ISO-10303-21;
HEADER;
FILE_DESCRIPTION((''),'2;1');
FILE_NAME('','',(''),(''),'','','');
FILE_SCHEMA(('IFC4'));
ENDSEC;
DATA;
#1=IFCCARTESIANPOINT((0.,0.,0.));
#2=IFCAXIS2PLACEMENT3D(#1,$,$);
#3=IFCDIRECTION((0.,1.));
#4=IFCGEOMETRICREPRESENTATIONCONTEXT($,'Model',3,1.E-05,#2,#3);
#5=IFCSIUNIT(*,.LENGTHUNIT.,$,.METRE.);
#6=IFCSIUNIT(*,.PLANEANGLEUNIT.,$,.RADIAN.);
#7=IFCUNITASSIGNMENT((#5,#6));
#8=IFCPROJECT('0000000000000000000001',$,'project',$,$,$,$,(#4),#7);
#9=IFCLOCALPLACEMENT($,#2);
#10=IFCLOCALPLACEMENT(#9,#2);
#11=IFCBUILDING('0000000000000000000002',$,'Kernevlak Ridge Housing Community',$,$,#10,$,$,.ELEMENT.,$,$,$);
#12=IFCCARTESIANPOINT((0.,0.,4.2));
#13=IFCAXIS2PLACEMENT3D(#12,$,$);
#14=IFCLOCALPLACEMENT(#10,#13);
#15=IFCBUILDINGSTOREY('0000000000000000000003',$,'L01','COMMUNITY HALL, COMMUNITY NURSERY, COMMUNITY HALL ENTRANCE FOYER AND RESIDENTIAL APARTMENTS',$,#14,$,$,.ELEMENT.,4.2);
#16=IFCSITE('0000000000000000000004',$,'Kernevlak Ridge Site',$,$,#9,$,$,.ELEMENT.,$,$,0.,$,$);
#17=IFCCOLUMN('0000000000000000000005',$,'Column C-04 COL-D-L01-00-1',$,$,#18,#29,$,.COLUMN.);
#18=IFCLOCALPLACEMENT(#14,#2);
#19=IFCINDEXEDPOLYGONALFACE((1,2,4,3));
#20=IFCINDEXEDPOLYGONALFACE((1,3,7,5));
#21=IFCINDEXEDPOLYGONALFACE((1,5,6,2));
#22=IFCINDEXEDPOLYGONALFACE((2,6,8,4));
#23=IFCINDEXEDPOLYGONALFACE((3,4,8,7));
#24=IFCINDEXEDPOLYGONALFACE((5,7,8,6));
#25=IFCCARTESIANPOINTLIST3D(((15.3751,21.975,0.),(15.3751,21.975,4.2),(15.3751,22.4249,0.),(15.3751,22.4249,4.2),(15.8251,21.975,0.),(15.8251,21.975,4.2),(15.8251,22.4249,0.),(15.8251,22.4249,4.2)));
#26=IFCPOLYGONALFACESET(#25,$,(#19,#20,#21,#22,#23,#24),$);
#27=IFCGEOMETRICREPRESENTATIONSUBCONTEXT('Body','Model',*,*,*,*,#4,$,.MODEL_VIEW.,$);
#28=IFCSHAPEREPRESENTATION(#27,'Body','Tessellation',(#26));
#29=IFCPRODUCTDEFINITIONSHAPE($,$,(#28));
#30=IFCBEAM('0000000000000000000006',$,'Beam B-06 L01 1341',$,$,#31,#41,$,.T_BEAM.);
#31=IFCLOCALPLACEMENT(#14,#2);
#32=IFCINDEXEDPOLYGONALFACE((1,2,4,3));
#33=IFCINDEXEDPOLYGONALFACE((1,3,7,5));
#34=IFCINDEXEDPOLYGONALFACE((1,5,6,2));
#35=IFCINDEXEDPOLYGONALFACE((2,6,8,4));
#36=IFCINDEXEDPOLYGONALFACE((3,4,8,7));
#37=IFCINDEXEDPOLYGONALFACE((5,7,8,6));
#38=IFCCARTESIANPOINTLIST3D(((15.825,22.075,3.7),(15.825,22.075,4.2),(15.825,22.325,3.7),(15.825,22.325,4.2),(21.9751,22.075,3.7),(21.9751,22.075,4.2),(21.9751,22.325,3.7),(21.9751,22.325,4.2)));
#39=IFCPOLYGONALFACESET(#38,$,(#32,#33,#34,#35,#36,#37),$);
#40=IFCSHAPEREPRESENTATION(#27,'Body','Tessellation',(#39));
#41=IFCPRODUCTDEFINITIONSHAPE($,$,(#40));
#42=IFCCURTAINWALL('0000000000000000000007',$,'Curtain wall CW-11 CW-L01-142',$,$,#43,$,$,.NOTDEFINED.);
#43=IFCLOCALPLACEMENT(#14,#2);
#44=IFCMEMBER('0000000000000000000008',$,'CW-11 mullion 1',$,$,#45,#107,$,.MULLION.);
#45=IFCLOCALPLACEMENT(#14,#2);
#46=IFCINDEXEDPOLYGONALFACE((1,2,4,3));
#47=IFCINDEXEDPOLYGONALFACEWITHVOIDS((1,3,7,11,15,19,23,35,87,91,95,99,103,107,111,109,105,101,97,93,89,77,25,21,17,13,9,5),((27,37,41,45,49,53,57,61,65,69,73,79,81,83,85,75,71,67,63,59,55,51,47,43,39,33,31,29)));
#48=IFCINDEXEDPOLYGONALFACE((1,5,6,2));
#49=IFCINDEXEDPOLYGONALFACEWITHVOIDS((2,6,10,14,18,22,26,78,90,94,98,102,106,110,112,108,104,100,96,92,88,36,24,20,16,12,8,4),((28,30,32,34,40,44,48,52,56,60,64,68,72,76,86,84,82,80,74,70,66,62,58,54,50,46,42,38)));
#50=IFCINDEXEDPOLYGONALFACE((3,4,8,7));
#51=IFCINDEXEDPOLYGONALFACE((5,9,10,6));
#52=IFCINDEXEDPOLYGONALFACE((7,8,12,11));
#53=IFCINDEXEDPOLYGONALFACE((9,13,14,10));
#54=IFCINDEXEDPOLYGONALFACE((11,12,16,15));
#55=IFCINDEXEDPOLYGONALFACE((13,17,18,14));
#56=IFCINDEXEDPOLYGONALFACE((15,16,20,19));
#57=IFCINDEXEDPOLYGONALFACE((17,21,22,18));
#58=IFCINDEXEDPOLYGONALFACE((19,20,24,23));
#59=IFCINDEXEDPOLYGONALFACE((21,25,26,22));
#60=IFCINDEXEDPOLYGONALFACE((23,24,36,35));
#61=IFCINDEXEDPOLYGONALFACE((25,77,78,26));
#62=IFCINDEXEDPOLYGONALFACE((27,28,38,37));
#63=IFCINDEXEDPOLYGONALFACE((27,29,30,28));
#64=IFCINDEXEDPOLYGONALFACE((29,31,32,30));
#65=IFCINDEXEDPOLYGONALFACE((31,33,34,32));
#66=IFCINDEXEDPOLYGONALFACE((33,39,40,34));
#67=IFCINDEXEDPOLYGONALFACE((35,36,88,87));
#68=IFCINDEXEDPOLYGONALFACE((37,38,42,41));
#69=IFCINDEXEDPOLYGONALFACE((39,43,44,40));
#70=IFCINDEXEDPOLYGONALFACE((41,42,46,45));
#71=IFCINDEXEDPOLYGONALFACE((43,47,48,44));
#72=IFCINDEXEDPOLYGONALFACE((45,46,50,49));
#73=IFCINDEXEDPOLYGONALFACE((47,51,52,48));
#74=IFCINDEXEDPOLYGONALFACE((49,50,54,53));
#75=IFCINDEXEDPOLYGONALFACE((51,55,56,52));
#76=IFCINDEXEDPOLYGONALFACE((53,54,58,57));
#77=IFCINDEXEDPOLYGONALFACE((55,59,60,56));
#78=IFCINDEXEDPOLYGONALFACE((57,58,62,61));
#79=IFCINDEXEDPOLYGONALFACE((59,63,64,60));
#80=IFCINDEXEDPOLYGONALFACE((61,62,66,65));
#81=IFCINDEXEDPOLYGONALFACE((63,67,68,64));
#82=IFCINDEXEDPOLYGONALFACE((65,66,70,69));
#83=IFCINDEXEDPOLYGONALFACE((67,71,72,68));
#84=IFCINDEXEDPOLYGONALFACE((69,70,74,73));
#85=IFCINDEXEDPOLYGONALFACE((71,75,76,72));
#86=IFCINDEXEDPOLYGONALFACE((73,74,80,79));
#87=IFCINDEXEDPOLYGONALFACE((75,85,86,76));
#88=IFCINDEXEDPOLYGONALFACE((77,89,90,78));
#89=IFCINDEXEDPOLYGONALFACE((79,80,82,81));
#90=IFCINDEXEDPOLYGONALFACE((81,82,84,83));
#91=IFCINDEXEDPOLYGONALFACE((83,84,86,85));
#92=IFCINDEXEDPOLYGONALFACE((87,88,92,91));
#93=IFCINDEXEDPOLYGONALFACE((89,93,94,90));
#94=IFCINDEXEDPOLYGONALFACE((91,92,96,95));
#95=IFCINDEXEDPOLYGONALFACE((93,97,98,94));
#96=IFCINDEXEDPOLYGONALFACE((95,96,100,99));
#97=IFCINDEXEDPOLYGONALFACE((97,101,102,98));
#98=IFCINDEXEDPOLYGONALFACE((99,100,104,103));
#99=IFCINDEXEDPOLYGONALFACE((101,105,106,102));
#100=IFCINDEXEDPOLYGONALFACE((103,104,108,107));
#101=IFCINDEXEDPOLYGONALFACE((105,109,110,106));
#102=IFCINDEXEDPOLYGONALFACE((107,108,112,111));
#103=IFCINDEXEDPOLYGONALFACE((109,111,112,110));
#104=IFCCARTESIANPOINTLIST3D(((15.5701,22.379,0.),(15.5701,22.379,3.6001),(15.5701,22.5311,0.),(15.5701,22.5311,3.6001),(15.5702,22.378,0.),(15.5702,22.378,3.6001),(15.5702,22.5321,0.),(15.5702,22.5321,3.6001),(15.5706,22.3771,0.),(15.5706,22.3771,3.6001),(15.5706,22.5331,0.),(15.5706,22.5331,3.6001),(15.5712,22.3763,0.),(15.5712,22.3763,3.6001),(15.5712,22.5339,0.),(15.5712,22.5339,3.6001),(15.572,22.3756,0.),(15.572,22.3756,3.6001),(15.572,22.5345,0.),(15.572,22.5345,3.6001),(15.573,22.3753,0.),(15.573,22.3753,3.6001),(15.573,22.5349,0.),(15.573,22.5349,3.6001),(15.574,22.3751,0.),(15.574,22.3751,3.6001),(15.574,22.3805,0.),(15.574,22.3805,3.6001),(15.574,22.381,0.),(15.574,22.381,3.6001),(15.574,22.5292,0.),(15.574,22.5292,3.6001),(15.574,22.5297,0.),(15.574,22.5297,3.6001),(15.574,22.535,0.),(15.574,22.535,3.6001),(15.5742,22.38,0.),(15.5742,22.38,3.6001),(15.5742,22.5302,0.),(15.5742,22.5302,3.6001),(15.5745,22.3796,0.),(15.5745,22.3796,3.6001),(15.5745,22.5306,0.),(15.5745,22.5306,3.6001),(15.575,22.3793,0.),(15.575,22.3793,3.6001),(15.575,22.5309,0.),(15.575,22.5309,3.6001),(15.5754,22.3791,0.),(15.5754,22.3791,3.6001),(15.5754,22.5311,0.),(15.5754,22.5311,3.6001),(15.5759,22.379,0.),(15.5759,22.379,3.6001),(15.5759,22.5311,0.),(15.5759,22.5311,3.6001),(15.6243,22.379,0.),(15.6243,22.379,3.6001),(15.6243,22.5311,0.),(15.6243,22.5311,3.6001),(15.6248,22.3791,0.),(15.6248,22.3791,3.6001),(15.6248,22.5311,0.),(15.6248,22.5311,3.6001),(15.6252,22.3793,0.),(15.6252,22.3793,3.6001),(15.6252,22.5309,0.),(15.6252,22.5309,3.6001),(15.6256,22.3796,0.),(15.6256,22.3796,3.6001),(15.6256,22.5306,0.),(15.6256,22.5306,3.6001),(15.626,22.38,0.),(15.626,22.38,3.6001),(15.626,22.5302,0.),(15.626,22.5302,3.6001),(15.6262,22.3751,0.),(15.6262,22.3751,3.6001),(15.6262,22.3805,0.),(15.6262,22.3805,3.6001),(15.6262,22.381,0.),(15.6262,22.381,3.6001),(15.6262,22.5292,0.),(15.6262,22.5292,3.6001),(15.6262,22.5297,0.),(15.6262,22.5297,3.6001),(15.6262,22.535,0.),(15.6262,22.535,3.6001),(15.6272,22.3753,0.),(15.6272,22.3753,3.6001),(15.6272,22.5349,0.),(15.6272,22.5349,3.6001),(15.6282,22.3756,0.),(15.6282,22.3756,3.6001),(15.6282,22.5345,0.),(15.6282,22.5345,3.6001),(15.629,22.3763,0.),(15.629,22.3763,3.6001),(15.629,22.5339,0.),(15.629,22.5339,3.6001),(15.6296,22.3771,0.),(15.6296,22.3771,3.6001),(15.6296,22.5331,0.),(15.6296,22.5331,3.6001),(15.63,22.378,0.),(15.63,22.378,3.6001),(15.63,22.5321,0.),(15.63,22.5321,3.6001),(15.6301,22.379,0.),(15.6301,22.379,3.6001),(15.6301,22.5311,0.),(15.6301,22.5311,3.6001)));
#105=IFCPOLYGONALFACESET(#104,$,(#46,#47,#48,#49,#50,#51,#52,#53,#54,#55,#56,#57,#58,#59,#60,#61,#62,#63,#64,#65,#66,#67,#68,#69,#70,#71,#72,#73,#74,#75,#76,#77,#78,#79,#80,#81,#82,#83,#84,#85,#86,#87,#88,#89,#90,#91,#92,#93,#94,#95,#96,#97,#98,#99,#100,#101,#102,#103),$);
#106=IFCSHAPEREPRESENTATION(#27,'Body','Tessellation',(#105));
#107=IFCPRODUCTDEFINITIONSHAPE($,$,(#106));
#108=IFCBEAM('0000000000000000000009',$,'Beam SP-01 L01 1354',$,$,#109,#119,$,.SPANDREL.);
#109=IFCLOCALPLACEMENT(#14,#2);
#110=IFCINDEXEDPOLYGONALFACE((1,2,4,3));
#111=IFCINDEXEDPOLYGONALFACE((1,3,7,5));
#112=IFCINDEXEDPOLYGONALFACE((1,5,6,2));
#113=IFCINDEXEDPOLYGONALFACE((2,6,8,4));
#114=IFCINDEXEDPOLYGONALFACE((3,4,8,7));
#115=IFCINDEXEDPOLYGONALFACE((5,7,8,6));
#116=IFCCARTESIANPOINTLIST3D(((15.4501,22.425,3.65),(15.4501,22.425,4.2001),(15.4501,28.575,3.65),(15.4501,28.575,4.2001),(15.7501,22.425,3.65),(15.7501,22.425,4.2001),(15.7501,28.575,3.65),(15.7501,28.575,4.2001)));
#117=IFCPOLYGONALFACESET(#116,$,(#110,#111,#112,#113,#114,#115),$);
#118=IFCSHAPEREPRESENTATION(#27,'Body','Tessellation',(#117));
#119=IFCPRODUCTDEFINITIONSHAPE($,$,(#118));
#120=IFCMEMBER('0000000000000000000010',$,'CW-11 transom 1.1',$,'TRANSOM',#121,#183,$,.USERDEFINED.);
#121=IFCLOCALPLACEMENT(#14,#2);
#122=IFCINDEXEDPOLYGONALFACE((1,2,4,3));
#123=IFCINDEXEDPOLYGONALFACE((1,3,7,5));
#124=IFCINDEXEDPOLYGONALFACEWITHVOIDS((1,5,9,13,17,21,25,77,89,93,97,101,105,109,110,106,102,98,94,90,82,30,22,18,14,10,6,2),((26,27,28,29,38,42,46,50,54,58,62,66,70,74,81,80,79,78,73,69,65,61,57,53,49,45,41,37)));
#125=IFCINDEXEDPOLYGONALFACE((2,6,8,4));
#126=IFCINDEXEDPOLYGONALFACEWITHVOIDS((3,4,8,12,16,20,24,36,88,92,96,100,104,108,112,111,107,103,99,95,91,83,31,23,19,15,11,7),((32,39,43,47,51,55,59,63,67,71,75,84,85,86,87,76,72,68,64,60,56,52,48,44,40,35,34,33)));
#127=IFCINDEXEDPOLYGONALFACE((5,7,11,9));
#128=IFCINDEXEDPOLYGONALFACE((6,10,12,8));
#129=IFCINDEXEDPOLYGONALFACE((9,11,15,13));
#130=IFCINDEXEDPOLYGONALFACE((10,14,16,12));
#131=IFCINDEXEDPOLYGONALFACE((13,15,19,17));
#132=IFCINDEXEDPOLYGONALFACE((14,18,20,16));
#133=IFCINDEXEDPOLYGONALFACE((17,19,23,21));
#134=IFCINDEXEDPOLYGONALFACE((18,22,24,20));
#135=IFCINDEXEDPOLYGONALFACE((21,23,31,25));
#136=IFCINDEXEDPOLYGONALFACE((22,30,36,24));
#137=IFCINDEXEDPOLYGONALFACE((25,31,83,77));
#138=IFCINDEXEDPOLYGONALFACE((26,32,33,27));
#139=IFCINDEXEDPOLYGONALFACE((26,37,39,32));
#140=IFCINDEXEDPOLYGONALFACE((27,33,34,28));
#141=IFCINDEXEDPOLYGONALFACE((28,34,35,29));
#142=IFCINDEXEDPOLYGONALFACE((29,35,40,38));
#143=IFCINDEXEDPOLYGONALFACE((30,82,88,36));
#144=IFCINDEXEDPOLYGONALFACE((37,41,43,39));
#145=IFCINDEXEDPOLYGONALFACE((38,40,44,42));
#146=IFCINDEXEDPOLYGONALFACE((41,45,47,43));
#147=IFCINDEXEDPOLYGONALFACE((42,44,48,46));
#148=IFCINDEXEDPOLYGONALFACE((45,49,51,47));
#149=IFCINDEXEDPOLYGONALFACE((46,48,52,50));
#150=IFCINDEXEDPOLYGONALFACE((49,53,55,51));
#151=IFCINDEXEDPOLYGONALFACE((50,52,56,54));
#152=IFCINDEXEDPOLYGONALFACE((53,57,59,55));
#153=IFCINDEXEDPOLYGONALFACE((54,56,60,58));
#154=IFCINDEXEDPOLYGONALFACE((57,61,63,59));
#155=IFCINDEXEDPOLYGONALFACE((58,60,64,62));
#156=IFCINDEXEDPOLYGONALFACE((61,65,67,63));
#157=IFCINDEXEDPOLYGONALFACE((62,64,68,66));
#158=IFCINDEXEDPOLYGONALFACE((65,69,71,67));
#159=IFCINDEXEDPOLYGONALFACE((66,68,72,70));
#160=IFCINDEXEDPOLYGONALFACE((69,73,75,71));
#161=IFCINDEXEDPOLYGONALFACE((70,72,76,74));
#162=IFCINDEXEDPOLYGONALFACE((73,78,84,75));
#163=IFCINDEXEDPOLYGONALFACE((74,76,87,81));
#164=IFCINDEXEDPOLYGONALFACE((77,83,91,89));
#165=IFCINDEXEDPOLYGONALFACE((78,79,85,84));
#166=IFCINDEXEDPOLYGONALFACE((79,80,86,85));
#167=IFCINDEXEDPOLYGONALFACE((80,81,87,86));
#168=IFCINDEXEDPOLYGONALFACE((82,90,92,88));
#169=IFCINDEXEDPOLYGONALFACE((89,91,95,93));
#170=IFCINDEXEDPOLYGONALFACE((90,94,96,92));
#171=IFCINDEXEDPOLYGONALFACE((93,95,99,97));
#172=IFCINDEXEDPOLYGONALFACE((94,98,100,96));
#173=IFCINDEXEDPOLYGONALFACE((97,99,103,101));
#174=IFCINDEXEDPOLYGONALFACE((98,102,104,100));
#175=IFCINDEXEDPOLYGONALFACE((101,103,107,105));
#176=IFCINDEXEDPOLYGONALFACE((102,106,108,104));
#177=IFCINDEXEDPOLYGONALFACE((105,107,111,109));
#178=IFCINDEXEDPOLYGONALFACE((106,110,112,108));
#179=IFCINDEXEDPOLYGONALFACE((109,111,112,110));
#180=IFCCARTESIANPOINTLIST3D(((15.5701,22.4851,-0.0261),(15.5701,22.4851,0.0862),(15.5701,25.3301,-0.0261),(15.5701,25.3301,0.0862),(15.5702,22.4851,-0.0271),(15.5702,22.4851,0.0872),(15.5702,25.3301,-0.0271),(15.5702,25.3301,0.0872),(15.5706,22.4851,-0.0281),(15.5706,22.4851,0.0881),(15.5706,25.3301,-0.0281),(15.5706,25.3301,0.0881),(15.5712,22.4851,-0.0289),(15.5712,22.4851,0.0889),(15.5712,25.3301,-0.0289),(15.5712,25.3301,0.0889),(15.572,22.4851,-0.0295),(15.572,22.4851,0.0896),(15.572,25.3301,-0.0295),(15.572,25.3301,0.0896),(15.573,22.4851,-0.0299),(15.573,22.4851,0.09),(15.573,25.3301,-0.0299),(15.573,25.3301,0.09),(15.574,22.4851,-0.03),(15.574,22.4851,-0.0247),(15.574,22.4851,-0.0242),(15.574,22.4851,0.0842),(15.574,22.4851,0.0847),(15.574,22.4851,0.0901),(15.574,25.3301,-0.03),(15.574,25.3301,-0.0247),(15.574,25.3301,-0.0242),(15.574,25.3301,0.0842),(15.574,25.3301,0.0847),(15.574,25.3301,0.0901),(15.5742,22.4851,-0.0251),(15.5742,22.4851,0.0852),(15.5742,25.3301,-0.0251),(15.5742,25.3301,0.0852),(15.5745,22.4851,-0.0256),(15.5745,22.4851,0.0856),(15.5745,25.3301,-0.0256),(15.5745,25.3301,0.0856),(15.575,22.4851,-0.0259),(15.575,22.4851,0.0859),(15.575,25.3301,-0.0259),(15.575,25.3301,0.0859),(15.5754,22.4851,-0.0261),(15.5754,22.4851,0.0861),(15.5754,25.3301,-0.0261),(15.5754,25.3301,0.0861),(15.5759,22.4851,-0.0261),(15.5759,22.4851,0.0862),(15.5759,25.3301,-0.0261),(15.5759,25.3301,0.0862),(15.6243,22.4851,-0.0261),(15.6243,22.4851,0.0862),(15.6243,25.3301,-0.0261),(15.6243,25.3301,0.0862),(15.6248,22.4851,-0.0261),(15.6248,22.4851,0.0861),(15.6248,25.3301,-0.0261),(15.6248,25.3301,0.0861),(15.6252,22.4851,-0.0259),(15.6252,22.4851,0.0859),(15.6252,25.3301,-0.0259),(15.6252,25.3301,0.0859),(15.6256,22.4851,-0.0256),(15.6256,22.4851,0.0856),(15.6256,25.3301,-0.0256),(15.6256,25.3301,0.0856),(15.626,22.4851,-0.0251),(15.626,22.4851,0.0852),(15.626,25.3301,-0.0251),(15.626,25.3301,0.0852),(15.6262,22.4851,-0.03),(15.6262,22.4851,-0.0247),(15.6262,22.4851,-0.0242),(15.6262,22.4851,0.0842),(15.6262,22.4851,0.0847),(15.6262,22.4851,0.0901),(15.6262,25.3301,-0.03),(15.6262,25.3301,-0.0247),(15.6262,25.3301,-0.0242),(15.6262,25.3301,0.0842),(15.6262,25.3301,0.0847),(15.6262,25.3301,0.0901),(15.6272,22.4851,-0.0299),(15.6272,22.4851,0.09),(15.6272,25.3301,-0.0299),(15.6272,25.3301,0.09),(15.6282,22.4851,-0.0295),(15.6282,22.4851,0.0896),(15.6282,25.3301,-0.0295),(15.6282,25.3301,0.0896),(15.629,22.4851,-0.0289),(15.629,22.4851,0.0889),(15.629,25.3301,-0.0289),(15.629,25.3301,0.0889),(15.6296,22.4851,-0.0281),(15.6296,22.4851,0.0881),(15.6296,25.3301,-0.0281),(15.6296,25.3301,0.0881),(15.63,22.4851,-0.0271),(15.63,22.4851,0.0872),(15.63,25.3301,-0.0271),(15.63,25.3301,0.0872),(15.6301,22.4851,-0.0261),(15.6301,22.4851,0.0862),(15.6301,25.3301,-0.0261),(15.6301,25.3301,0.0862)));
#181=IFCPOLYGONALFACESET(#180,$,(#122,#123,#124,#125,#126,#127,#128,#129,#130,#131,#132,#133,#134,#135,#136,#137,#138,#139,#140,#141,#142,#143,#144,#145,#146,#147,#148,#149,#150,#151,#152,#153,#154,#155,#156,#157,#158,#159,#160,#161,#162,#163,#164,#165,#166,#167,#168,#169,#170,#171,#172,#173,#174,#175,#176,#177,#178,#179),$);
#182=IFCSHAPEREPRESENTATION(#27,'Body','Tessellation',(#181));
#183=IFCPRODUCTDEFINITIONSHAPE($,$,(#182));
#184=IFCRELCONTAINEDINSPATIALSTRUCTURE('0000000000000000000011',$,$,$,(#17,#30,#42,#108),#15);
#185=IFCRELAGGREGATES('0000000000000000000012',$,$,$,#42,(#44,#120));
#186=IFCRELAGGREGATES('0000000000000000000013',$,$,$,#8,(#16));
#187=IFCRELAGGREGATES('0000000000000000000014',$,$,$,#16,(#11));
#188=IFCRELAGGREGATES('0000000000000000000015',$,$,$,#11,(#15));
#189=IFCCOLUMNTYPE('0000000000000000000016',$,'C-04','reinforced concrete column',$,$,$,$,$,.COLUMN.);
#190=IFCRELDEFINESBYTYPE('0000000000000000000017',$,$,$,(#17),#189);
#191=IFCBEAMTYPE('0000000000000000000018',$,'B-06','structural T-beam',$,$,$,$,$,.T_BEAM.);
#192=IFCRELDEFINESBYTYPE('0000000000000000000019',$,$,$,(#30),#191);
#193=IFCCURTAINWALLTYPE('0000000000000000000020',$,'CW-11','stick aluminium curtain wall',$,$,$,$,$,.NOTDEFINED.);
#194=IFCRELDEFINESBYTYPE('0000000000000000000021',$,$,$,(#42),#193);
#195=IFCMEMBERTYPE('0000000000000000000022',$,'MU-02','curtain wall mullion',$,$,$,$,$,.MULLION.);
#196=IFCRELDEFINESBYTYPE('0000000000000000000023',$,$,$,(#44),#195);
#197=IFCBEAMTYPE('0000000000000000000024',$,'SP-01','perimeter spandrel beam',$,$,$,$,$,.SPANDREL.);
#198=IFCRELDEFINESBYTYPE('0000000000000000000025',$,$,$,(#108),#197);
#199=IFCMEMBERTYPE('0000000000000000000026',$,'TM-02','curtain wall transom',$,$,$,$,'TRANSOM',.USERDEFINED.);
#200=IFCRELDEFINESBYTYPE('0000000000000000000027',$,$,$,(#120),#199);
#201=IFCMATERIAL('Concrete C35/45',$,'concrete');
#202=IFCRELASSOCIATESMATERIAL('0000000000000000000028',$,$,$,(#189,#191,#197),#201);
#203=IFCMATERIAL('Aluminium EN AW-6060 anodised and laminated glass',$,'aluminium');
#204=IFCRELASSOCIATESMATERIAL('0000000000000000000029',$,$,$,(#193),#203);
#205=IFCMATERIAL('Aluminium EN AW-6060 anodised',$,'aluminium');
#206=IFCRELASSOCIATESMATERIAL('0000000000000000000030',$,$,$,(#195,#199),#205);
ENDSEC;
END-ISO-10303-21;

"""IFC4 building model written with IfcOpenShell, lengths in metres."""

from ifc_helpers import new_model, si_unit, direction, frame, origin, origin_2d, place, context, subcontext, project, spatial, rectangle, hollow_rectangle, extrude, material, material_profile, profile_set, type_object, element, aggregate, save


model = new_model("IFC4")

# Units and contexts
model_context = context("Model", 3, precision=1e-05, world=origin(), true_north=direction((0.0, 1.0)))
body_context = subcontext(model_context, "Body", "Model", "MODEL_VIEW")
ifc_project = project(units=[si_unit("LENGTHUNIT", "METRE"), si_unit("PLANEANGLEUNIT", "RADIAN")], contexts=[model_context])

# Site, building, storey
site_placement = place(None, origin())
site = spatial("IfcSite", under=ifc_project, at=site_placement, Name="Kernevlak Ridge Site", CompositionType="ELEMENT", RefElevation=0.0)
building_placement = place(site_placement, origin())
building = spatial("IfcBuilding", under=site, at=building_placement, Name="Kernevlak Ridge Housing Community", CompositionType="ELEMENT")
storey_placement = place(building_placement, frame((0.0, 0.0, 4.2)))
storey = spatial("IfcBuildingStorey", under=building, at=storey_placement, Name="L01", Description="COMMUNITY HALL, COMMUNITY NURSERY, COMMUNITY HALL ENTRANCE FOYER AND RESIDENTIAL APARTMENTS", CompositionType="ELEMENT", Elevation=4.2)

# Column
ifc_material_1 = material(Name="Concrete C35/45", Category="concrete")
ifc_material_profile_1 = material_profile(ifc_material_1, rectangle(XDim=0.45, YDim=0.45, at=origin_2d()), Name="RC 450x450")
ifc_profile_set_1 = profile_set([ifc_material_profile_1], Name="Concrete C35/45")
column_type = type_object("IfcColumnType", Name="C-04", Description="reinforced concrete column", PredefinedType="COLUMN", material=ifc_profile_set_1)
column_placement = place(storey_placement, frame((15.6001, 22.2, 0.0), z_axis=(0.0, 0.0, 1.0), x_axis=(1.0, 0.0, 0.0)))
element("IfcColumn", 1, at=column_placement, inside=storey, type_object=column_type, Name="Column C-04 COL-D-L01-00-1", PredefinedType="COLUMN", context=body_context, shape_type="SweptSolid", body=[
    extrude(rectangle(XDim=0.45, YDim=0.45, at=origin_2d()), origin(), (0.0, 0.0, 1.0), 4.2),
])

# Beam
ifc_material_profile_2 = material_profile(ifc_material_1, rectangle(XDim=0.25, YDim=0.5, at=origin_2d()), Name="RC 250x500")
ifc_profile_set_2 = profile_set([ifc_material_profile_2], Name="Concrete C35/45")
beam_type_1 = type_object("IfcBeamType", Name="B-06", Description="structural T-beam", PredefinedType="T_BEAM", material=ifc_profile_set_2)
beam_1_placement = place(storey_placement, frame((15.825, 22.2, 3.95), z_axis=(1.0, 0.0, 0.0), x_axis=(0.0, 1.0, 0.0)))
element("IfcBeam", 2, at=beam_1_placement, inside=storey, type_object=beam_type_1, Name="Beam B-06 L01 1341", PredefinedType="T_BEAM", context=body_context, shape_type="SweptSolid", body=[
    extrude(rectangle(XDim=0.25, YDim=0.5, at=origin_2d()), origin(), (0.0, 0.0, 1.0), 6.1501),
])

# Curtain wall, member
ifc_material_2 = material(Name="Aluminium EN AW-6060 anodised and laminated glass", Category="aluminium")
curtain_wall_type = type_object("IfcCurtainWallType", Name="CW-11", Description="stick aluminium curtain wall", PredefinedType="NOTDEFINED", material=ifc_material_2)
curtain_wall_placement = place(storey_placement, origin())
curtain_wall = element("IfcCurtainWall", 3, at=curtain_wall_placement, inside=storey, type_object=curtain_wall_type, Name="Curtain wall CW-11 CW-L01-142", PredefinedType="NOTDEFINED")
ifc_material_3 = material(Name="Aluminium EN AW-6060 anodised", Category="aluminium")
ifc_material_profile_3 = material_profile(ifc_material_3, hollow_rectangle(XDim=0.0601, YDim=0.1599, WallThickness=0.0039, InnerFilletRadius=0.002, OuterFilletRadius=0.0039, at=origin_2d()), Name="ALU 60x160x4")
ifc_profile_set_3 = profile_set([ifc_material_profile_3], Name="Aluminium EN AW-6060 anodised")
member_type_1 = type_object("IfcMemberType", Name="MU-02", Description="curtain wall mullion", PredefinedType="MULLION", material=ifc_profile_set_3)
member_1_placement = place(storey_placement, frame((15.6001, 22.4551, 0.0), z_axis=(0.0, 0.0, 1.0), x_axis=(-1.0, 0.0, 0.0)))
member_1 = element("IfcMember", 4, at=member_1_placement, type_object=member_type_1, Name="CW-11 mullion 1", PredefinedType="MULLION", context=body_context, shape_type="SweptSolid", body=[
    extrude(hollow_rectangle(XDim=0.0601, YDim=0.1599, WallThickness=0.0039, InnerFilletRadius=0.002, OuterFilletRadius=0.0039, at=origin_2d()), origin(), (0.0, 0.0, 1.0), 3.6001),
])

# Beam
ifc_material_profile_4 = material_profile(ifc_material_1, rectangle(XDim=0.3, YDim=0.55, at=origin_2d()), Name="RC 300x550")
ifc_profile_set_4 = profile_set([ifc_material_profile_4], Name="Concrete C35/45")
beam_type_2 = type_object("IfcBeamType", Name="SP-01", Description="perimeter spandrel beam", PredefinedType="SPANDREL", material=ifc_profile_set_4)
beam_2_placement = place(storey_placement, frame((15.6001, 22.425, 3.925), z_axis=(0.0, 1.0, 0.0), x_axis=(-1.0, 0.0, 0.0)))
element("IfcBeam", 5, at=beam_2_placement, inside=storey, type_object=beam_type_2, Name="Beam SP-01 L01 1354", PredefinedType="SPANDREL", context=body_context, shape_type="SweptSolid", body=[
    extrude(rectangle(XDim=0.3, YDim=0.55, at=origin_2d()), origin(), (0.0, 0.0, 1.0), 6.1499),
])

# Member
ifc_material_profile_5 = material_profile(ifc_material_3, hollow_rectangle(XDim=0.0601, YDim=0.1201, WallThickness=0.0039, InnerFilletRadius=0.002, OuterFilletRadius=0.0039, at=origin_2d()), Name="ALU 60x120x4")
ifc_profile_set_5 = profile_set([ifc_material_profile_5], Name="Aluminium EN AW-6060 anodised")
member_type_2 = type_object("IfcMemberType", Name="TM-02", Description="curtain wall transom", ElementType="TRANSOM", PredefinedType="USERDEFINED", material=ifc_profile_set_5)
member_2_placement = place(storey_placement, frame((15.6001, 22.4851, 0.03), z_axis=(0.0, 1.0, 0.0), x_axis=(-1.0, 0.0, 0.0)))
member_2 = element("IfcMember", 6, at=member_2_placement, type_object=member_type_2, Name="CW-11 transom 1.1", ObjectType="TRANSOM", PredefinedType="USERDEFINED", context=body_context, shape_type="SweptSolid", body=[
    extrude(hollow_rectangle(XDim=0.0601, YDim=0.1201, WallThickness=0.0039, InnerFilletRadius=0.002, OuterFilletRadius=0.0039, at=origin_2d()), origin(), (0.0, 0.0, 1.0), 2.845),
])

aggregate(curtain_wall, [member_1, member_2])

save(model, "model.ifc")
